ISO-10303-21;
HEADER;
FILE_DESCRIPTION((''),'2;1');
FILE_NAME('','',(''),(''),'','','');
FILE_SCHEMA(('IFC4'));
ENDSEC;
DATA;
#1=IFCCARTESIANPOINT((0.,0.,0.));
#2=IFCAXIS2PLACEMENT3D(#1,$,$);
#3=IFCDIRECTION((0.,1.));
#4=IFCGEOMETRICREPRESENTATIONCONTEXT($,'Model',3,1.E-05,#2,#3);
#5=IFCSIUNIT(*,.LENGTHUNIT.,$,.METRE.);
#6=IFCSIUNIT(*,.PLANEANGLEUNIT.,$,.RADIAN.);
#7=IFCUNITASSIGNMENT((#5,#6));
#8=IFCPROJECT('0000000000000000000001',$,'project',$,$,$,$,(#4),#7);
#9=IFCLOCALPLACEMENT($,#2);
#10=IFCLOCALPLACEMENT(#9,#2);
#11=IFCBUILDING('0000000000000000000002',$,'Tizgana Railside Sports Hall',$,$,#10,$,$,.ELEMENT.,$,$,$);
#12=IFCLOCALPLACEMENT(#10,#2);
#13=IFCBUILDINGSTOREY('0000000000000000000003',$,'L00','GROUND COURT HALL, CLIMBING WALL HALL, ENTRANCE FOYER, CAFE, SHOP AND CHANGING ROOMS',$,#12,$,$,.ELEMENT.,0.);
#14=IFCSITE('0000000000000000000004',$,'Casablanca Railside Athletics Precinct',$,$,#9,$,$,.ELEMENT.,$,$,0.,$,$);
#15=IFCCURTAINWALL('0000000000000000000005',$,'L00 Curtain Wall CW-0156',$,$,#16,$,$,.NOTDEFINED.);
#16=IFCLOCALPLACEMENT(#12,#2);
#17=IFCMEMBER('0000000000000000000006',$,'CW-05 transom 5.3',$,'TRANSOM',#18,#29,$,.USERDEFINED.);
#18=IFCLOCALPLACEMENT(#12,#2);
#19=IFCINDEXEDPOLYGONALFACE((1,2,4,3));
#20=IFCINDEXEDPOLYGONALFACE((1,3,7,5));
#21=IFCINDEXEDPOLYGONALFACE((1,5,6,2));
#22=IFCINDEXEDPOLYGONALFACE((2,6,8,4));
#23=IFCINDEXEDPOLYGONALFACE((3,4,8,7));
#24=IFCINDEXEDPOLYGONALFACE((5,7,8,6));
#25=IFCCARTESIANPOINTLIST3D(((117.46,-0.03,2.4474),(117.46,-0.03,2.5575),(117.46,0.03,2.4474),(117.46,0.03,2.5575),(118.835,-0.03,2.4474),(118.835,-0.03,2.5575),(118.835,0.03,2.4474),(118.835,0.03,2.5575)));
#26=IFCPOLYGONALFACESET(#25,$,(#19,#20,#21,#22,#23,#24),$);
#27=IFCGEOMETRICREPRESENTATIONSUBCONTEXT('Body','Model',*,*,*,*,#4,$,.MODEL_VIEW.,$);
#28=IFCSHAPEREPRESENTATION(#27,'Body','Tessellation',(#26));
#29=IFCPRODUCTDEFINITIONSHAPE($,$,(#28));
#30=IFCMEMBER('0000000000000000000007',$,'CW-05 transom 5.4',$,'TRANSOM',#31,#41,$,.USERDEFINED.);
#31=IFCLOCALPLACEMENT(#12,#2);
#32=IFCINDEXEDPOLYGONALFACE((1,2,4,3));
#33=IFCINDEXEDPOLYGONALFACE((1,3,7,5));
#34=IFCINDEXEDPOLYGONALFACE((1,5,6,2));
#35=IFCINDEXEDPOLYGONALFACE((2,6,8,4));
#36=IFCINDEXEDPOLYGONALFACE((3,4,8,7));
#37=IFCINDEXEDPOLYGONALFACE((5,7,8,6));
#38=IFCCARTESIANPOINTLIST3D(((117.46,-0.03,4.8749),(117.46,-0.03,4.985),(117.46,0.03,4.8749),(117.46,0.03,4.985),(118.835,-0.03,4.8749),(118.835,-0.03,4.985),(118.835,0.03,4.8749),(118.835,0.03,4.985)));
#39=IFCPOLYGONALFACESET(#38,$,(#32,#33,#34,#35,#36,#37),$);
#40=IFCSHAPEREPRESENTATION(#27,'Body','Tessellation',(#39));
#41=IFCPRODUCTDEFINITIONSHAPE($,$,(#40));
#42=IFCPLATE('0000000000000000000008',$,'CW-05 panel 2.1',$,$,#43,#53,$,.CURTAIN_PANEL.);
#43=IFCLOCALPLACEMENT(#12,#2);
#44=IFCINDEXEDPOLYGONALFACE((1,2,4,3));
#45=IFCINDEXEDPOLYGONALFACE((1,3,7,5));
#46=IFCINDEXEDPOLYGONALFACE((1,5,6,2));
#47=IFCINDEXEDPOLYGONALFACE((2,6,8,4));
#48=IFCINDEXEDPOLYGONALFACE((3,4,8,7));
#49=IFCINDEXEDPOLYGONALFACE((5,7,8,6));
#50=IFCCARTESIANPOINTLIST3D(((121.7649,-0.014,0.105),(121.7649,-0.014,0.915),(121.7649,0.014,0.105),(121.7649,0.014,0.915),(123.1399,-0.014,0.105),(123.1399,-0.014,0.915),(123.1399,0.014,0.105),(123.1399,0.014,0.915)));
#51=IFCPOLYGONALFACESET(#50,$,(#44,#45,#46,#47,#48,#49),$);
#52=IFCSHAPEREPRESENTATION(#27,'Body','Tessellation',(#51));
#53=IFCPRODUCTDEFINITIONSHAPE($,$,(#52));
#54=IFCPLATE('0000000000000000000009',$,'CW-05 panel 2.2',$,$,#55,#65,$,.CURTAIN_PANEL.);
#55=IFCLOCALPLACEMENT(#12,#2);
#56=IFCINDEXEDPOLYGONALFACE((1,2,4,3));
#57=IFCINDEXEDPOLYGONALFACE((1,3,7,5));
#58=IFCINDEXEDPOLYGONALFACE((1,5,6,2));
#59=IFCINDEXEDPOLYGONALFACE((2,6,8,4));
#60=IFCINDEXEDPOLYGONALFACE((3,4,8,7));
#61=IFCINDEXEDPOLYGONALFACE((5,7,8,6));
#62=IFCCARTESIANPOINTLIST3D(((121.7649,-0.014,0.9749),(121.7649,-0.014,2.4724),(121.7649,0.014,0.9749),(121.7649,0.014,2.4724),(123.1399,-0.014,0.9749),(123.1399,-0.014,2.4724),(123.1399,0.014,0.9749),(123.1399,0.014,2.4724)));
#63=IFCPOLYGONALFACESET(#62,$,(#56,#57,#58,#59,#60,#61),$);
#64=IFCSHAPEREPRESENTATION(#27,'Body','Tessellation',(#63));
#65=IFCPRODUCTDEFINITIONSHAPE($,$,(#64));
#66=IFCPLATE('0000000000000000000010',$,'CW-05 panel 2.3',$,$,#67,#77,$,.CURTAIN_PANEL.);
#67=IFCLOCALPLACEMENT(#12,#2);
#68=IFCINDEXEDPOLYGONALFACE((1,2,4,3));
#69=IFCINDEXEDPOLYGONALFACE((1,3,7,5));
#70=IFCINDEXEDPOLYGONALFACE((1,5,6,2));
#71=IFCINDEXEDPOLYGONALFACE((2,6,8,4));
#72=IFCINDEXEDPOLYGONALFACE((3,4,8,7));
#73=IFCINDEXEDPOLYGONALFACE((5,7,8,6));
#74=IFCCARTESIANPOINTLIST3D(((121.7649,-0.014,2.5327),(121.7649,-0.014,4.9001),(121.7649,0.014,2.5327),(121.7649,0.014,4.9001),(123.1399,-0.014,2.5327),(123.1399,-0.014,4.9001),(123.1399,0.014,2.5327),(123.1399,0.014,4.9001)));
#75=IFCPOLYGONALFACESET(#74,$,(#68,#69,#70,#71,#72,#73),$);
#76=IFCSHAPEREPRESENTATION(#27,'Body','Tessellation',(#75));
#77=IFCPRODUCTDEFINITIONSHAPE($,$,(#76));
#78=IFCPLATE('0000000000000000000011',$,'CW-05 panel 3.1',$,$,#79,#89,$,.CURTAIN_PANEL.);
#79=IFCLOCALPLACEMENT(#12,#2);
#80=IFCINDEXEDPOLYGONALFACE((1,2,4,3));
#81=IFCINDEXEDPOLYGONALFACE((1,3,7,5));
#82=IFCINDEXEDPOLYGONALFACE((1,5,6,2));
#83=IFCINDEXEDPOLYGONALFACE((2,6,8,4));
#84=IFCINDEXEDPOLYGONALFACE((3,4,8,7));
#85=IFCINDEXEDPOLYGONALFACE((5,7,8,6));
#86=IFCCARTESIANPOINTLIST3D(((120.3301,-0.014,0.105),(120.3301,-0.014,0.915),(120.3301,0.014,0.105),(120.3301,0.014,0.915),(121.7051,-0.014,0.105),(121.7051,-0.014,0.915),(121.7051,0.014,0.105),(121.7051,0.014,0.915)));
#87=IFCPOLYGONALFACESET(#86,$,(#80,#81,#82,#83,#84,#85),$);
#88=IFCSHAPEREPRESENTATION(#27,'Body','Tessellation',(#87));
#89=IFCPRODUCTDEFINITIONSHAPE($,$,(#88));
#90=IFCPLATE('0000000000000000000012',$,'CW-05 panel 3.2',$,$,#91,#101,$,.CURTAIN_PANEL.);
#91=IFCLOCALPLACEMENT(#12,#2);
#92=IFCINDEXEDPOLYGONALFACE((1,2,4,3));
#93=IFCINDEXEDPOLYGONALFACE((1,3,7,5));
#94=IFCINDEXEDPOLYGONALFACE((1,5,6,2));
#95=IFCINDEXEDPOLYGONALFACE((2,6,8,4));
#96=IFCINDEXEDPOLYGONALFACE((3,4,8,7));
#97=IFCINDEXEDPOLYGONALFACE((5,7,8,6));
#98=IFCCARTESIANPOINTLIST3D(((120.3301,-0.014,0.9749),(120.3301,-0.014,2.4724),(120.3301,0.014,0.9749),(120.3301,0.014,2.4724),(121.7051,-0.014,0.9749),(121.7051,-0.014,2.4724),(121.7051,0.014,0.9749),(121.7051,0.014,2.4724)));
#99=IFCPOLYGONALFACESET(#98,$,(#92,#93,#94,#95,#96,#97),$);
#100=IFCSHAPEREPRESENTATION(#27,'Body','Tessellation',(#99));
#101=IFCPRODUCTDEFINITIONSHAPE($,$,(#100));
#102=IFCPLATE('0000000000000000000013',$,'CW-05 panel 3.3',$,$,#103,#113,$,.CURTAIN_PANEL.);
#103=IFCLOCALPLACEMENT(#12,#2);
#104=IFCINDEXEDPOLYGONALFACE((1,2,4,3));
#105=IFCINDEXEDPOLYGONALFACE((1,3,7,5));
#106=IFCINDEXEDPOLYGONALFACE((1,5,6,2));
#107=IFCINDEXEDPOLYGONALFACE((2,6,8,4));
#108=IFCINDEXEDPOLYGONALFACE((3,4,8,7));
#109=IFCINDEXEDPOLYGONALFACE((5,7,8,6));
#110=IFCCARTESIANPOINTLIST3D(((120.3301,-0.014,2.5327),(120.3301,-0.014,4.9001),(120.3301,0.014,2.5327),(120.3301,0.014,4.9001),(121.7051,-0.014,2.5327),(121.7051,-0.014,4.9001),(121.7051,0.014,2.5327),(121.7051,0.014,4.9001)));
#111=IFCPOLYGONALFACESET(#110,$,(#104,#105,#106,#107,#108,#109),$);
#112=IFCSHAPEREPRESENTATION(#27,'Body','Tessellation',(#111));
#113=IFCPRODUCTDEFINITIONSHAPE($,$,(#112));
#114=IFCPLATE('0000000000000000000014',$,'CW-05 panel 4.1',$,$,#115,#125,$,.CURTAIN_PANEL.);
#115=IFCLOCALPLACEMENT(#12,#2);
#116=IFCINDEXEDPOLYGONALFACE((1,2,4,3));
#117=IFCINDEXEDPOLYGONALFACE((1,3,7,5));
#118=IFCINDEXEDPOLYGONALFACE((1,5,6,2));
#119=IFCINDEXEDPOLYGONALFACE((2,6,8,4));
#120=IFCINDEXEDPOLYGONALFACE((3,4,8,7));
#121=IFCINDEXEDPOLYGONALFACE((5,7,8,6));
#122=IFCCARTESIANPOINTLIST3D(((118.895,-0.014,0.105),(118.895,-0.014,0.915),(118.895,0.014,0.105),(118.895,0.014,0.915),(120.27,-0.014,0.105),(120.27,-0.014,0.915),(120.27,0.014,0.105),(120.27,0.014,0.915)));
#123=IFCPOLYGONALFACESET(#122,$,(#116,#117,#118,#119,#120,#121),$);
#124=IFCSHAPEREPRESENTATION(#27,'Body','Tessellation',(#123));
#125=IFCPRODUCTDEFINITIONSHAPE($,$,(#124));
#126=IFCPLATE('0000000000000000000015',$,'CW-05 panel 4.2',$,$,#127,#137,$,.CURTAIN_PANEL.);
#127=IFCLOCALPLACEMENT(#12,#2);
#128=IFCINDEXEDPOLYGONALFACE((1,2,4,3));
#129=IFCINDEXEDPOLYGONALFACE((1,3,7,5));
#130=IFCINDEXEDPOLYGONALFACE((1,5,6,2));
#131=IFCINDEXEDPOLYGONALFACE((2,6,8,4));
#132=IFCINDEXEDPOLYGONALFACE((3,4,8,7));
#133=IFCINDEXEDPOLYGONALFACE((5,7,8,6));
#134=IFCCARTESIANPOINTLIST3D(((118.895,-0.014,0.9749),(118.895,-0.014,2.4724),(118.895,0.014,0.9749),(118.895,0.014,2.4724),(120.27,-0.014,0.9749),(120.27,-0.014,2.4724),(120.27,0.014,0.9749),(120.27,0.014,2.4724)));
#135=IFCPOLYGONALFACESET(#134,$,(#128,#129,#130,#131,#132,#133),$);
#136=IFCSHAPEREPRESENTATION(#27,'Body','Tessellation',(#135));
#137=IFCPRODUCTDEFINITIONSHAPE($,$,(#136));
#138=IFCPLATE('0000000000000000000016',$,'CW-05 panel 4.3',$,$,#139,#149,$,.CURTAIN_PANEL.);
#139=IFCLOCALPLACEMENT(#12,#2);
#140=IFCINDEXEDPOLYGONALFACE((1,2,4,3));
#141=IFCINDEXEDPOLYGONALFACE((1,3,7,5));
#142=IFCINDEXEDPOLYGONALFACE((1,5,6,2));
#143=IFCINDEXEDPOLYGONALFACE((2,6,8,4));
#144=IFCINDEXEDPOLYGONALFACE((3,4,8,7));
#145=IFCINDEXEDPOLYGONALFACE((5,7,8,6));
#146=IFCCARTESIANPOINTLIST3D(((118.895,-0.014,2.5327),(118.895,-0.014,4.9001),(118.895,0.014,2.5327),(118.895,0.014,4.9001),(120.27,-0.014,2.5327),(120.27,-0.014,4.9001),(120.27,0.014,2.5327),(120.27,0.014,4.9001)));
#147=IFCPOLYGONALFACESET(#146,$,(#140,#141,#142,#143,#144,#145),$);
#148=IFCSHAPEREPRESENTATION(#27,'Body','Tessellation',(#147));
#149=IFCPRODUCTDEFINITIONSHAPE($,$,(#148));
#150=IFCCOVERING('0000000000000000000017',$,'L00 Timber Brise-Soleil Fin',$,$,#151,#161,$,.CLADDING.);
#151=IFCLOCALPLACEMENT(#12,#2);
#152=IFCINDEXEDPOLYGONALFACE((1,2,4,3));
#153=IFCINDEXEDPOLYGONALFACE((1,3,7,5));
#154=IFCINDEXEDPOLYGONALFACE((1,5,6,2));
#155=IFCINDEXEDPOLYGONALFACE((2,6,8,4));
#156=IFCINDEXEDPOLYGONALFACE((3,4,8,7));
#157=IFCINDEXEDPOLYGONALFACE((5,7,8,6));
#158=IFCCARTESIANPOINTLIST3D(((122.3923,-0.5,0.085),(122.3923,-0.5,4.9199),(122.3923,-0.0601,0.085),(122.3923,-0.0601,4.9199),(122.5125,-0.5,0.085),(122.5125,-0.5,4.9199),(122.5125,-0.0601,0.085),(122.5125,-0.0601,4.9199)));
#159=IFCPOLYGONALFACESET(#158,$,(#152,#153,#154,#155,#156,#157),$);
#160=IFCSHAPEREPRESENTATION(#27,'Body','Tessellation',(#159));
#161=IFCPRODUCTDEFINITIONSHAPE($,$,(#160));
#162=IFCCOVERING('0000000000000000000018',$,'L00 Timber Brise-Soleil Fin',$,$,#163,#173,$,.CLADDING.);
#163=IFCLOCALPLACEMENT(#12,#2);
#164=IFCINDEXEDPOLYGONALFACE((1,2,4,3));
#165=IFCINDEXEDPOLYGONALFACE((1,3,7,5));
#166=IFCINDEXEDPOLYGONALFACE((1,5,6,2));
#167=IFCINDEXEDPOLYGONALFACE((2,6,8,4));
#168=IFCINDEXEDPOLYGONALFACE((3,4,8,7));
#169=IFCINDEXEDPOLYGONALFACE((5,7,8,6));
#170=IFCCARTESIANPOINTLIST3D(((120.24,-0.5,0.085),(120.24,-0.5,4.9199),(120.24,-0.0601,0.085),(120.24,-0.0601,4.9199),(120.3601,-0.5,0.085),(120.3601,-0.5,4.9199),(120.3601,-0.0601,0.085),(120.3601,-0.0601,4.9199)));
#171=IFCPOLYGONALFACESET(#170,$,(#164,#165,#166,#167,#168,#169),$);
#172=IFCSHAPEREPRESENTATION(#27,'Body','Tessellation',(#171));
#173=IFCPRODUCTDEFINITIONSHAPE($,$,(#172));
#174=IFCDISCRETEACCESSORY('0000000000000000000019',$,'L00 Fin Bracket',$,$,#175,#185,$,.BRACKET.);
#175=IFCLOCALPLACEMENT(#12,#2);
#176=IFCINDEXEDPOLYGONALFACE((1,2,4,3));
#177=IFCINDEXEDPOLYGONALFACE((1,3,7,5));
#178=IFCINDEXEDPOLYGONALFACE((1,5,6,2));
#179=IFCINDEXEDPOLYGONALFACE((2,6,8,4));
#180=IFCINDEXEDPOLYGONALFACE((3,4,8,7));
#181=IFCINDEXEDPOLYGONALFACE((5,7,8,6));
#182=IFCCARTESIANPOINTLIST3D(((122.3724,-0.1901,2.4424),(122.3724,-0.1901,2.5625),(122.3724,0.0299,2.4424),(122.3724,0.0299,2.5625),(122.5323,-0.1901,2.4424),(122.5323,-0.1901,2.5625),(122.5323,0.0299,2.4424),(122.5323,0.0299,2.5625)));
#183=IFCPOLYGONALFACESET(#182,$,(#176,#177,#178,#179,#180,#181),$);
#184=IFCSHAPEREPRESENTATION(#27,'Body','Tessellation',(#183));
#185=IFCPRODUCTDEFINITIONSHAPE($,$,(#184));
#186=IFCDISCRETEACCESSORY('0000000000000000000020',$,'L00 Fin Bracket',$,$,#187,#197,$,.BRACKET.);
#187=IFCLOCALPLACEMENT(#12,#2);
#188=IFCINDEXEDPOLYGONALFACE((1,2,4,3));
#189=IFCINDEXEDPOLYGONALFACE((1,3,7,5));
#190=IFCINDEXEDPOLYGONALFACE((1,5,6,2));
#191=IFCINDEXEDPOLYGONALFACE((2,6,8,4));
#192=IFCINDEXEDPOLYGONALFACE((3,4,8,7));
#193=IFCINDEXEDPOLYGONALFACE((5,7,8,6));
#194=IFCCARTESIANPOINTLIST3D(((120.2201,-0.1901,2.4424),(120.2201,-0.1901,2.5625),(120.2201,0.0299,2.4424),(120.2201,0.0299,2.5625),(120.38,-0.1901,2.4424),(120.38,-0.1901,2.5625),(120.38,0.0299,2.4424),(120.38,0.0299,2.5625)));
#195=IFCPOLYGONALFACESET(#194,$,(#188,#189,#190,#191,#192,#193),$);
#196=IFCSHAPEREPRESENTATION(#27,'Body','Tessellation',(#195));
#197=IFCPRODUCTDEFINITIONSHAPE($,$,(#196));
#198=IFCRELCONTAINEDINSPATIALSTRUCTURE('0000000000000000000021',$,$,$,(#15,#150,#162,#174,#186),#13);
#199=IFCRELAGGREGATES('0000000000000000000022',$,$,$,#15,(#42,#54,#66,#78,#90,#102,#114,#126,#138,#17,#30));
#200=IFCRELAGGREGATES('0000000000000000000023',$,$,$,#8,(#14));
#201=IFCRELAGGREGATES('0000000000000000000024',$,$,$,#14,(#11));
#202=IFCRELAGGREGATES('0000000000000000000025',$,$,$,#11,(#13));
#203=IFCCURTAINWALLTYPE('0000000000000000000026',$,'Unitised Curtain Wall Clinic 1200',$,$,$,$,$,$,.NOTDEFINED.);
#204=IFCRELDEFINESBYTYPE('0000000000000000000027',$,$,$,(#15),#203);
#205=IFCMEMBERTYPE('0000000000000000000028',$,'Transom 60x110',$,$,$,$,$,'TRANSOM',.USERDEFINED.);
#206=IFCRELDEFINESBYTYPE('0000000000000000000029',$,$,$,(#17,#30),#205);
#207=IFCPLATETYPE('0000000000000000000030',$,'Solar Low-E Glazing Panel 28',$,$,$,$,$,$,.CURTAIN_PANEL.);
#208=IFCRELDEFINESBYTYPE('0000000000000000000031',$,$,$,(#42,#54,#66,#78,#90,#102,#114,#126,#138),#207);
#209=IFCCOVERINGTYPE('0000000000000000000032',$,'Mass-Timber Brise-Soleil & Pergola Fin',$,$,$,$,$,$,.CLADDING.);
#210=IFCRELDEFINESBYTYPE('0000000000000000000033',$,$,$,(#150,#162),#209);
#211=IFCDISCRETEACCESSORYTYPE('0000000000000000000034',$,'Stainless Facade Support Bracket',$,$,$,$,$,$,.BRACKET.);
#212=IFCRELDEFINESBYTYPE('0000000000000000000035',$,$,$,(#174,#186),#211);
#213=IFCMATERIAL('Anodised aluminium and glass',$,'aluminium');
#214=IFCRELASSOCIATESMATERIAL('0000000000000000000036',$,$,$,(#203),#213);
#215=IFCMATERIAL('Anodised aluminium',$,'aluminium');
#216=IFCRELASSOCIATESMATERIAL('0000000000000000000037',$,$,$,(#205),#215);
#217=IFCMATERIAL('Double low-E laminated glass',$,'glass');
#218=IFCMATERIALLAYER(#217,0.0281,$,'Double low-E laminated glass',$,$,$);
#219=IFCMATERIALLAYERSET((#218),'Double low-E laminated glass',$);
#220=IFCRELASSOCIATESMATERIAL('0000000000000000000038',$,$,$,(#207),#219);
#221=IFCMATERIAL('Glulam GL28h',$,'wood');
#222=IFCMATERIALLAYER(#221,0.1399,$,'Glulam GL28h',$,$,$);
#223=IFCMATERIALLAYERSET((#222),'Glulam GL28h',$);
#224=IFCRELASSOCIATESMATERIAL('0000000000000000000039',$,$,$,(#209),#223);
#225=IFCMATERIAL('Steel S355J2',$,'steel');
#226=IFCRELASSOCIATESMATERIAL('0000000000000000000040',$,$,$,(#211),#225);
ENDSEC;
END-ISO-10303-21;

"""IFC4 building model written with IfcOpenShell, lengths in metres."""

from ifc_helpers import new_model, si_unit, direction, frame, origin, origin_2d, place, context, subcontext, project, spatial, rectangle, extrude, material, layer, layer_set, material_profile, profile_set, type_object, element, aggregate, save


model = new_model("IFC4")

# Units and contexts
model_context = context("Model", 3, precision=1e-05, world=origin(), true_north=direction((0.0, 1.0)))
body_context = subcontext(model_context, "Body", "Model", "MODEL_VIEW")
ifc_project = project(units=[si_unit("LENGTHUNIT", "METRE"), si_unit("PLANEANGLEUNIT", "RADIAN")], contexts=[model_context])

# Site, building, storey
site_placement = place(None, origin())
site = spatial("IfcSite", under=ifc_project, at=site_placement, Name="Casablanca Railside Athletics Precinct", CompositionType="ELEMENT", RefElevation=0.0)
building_placement = place(site_placement, origin())
building = spatial("IfcBuilding", under=site, at=building_placement, Name="Tizgana Railside Sports Hall", CompositionType="ELEMENT")
storey_placement = place(building_placement, origin())
storey = spatial("IfcBuildingStorey", under=building, at=storey_placement, Name="L00", Description="GROUND COURT HALL, CLIMBING WALL HALL, ENTRANCE FOYER, CAFE, SHOP AND CHANGING ROOMS", CompositionType="ELEMENT", Elevation=0.0)

# Curtain wall, members, plates
ifc_material_1 = material(Name="Anodised aluminium and glass", Category="aluminium")
curtain_wall_type = type_object("IfcCurtainWallType", Name="Unitised Curtain Wall Clinic 1200", PredefinedType="NOTDEFINED", material=ifc_material_1)
curtain_wall_placement = place(storey_placement, origin())
curtain_wall = element("IfcCurtainWall", 1, at=curtain_wall_placement, inside=storey, type_object=curtain_wall_type, Name="L00 Curtain Wall CW-0156", PredefinedType="NOTDEFINED")
ifc_material_2 = material(Name="Anodised aluminium", Category="aluminium")
ifc_material_profile_1 = material_profile(ifc_material_2, rectangle(XDim=0.0601, YDim=0.1101, at=origin_2d()), Name="Transom 60x110")
ifc_profile_set_1 = profile_set([ifc_material_profile_1], Name="Anodised aluminium")
member_type_1 = type_object("IfcMemberType", Name="Transom 60x110", ElementType="TRANSOM", PredefinedType="USERDEFINED", material=ifc_profile_set_1)
member_1_placement = place(storey_placement, frame((118.835, 0.0, 2.5024), z_axis=(-1.0, 0.0, 0.0), x_axis=(0.0, -1.0, 0.0)))
member_1 = element("IfcMember", 2, at=member_1_placement, type_object=member_type_1, Name="CW-05 transom 5.3", ObjectType="TRANSOM", PredefinedType="USERDEFINED", context=body_context, shape_type="SweptSolid", body=[
    extrude(rectangle(XDim=0.0601, YDim=0.1101, at=origin_2d()), origin(), (0.0, 0.0, 1.0), 1.375),
])
member_2_placement = place(storey_placement, frame((118.835, 0.0, 4.9299), z_axis=(-1.0, 0.0, 0.0), x_axis=(0.0, -1.0, 0.0)))
member_2 = element("IfcMember", 3, at=member_2_placement, type_object=member_type_1, Name="CW-05 transom 5.4", ObjectType="TRANSOM", PredefinedType="USERDEFINED", context=body_context, shape_type="SweptSolid", body=[
    extrude(rectangle(XDim=0.0601, YDim=0.1101, at=origin_2d()), origin(), (0.0, 0.0, 1.0), 1.375),
])
ifc_material_3 = material(Name="Double low-E laminated glass", Category="glass")
ifc_layer_1 = layer(ifc_material_3, 0.0281, Name="Double low-E laminated glass")
ifc_layer_set_1 = layer_set([ifc_layer_1], Name="Double low-E laminated glass")
plate_type = type_object("IfcPlateType", Name="Solar Low-E Glazing Panel 28", PredefinedType="CURTAIN_PANEL", material=ifc_layer_set_1)
plate_1_placement = place(storey_placement, frame((122.4524, 0.0, 0.105), z_axis=(0.0, 0.0, 1.0), x_axis=(-1.0, 0.0, 0.0)))
plate_1 = element("IfcPlate", 4, at=plate_1_placement, type_object=plate_type, Name="CW-05 panel 2.1", PredefinedType="CURTAIN_PANEL", context=body_context, shape_type="SweptSolid", body=[
    extrude(rectangle(XDim=1.375, YDim=0.0281, at=origin_2d()), origin(), (0.0, 0.0, 1.0), 0.8101),
])
plate_2_placement = place(storey_placement, frame((122.4524, 0.0, 0.9749), z_axis=(0.0, 0.0, 1.0), x_axis=(-1.0, 0.0, 0.0)))
plate_2 = element("IfcPlate", 5, at=plate_2_placement, type_object=plate_type, Name="CW-05 panel 2.2", PredefinedType="CURTAIN_PANEL", context=body_context, shape_type="SweptSolid", body=[
    extrude(rectangle(XDim=1.375, YDim=0.0281, at=origin_2d()), origin(), (0.0, 0.0, 1.0), 1.4976),
])
plate_3_placement = place(storey_placement, frame((122.4524, 0.0, 2.5327), z_axis=(0.0, 0.0, 1.0), x_axis=(-1.0, 0.0, 0.0)))
plate_3 = element("IfcPlate", 6, at=plate_3_placement, type_object=plate_type, Name="CW-05 panel 2.3", PredefinedType="CURTAIN_PANEL", context=body_context, shape_type="SweptSolid", body=[
    extrude(rectangle(XDim=1.375, YDim=0.0281, at=origin_2d()), origin(), (0.0, 0.0, 1.0), 2.3674),
])
plate_4_placement = place(storey_placement, frame((121.0176, 0.0, 0.105), z_axis=(0.0, 0.0, 1.0), x_axis=(-1.0, 0.0, 0.0)))
plate_4 = element("IfcPlate", 7, at=plate_4_placement, type_object=plate_type, Name="CW-05 panel 3.1", PredefinedType="CURTAIN_PANEL", context=body_context, shape_type="SweptSolid", body=[
    extrude(rectangle(XDim=1.375, YDim=0.0281, at=origin_2d()), origin(), (0.0, 0.0, 1.0), 0.8101),
])
plate_5_placement = place(storey_placement, frame((121.0176, 0.0, 0.9749), z_axis=(0.0, 0.0, 1.0), x_axis=(-1.0, 0.0, 0.0)))
plate_5 = element("IfcPlate", 8, at=plate_5_placement, type_object=plate_type, Name="CW-05 panel 3.2", PredefinedType="CURTAIN_PANEL", context=body_context, shape_type="SweptSolid", body=[
    extrude(rectangle(XDim=1.375, YDim=0.0281, at=origin_2d()), origin(), (0.0, 0.0, 1.0), 1.4976),
])
plate_6_placement = place(storey_placement, frame((121.0176, 0.0, 2.5327), z_axis=(0.0, 0.0, 1.0), x_axis=(-1.0, 0.0, 0.0)))
plate_6 = element("IfcPlate", 9, at=plate_6_placement, type_object=plate_type, Name="CW-05 panel 3.3", PredefinedType="CURTAIN_PANEL", context=body_context, shape_type="SweptSolid", body=[
    extrude(rectangle(XDim=1.375, YDim=0.0281, at=origin_2d()), origin(), (0.0, 0.0, 1.0), 2.3674),
])
plate_7_placement = place(storey_placement, frame((119.5825, 0.0, 0.105), z_axis=(0.0, 0.0, 1.0), x_axis=(-1.0, 0.0, 0.0)))
plate_7 = element("IfcPlate", 10, at=plate_7_placement, type_object=plate_type, Name="CW-05 panel 4.1", PredefinedType="CURTAIN_PANEL", context=body_context, shape_type="SweptSolid", body=[
    extrude(rectangle(XDim=1.375, YDim=0.0281, at=origin_2d()), origin(), (0.0, 0.0, 1.0), 0.8101),
])
plate_8_placement = place(storey_placement, frame((119.5825, 0.0, 0.9749), z_axis=(0.0, 0.0, 1.0), x_axis=(-1.0, 0.0, 0.0)))
plate_8 = element("IfcPlate", 11, at=plate_8_placement, type_object=plate_type, Name="CW-05 panel 4.2", PredefinedType="CURTAIN_PANEL", context=body_context, shape_type="SweptSolid", body=[
    extrude(rectangle(XDim=1.375, YDim=0.0281, at=origin_2d()), origin(), (0.0, 0.0, 1.0), 1.4976),
])
plate_9_placement = place(storey_placement, frame((119.5825, 0.0, 2.5327), z_axis=(0.0, 0.0, 1.0), x_axis=(-1.0, 0.0, 0.0)))
plate_9 = element("IfcPlate", 12, at=plate_9_placement, type_object=plate_type, Name="CW-05 panel 4.3", PredefinedType="CURTAIN_PANEL", context=body_context, shape_type="SweptSolid", body=[
    extrude(rectangle(XDim=1.375, YDim=0.0281, at=origin_2d()), origin(), (0.0, 0.0, 1.0), 2.3674),
])
aggregate(curtain_wall, [plate_1, plate_2, plate_3, plate_4, plate_5, plate_6, plate_7, plate_8, plate_9, member_1, member_2])

# Coverings
ifc_material_4 = material(Name="Glulam GL28h", Category="wood")
ifc_layer_2 = layer(ifc_material_4, 0.1399, Name="Glulam GL28h")
ifc_layer_set_2 = layer_set([ifc_layer_2], Name="Glulam GL28h")
covering_type = type_object("IfcCoveringType", Name="Mass-Timber Brise-Soleil & Pergola Fin", PredefinedType="CLADDING", material=ifc_layer_set_2)
for number, where, z_axis, x_axis, name in (
    (13, (122.4524, -0.28, 0.085), (0.0, 0.0, 1.0), (-1.0, 0.0, 0.0), "L00 Timber Brise-Soleil Fin"),
    (14, (120.3, -0.28, 0.085), (0.0, 0.0, 1.0), (-1.0, 0.0, 0.0), "L00 Timber Brise-Soleil Fin"),
):
    element("IfcCovering", number, at=place(storey_placement, frame(where, z_axis=z_axis, x_axis=x_axis)), inside=storey, type_object=covering_type, Name=name, PredefinedType="CLADDING", context=body_context, shape_type="SweptSolid", body=[
        extrude(rectangle(XDim=0.1201, YDim=0.4399, at=origin_2d()), origin(), (0.0, 0.0, 1.0), 4.835),
    ])

# Discrete accessories
ifc_material_5 = material(Name="Steel S355J2", Category="steel")
discrete_accessory_type = type_object("IfcDiscreteAccessoryType", Name="Stainless Facade Support Bracket", PredefinedType="BRACKET", material=ifc_material_5)
for number, where, z_axis, x_axis, name in (
    (15, (122.4524, -0.0801, 2.4424), (0.0, 0.0, 1.0), (-1.0, 0.0, 0.0), "L00 Fin Bracket"),
    (16, (120.3, -0.0801, 2.4424), (0.0, 0.0, 1.0), (-1.0, 0.0, 0.0), "L00 Fin Bracket"),
):
    element("IfcDiscreteAccessory", number, at=place(storey_placement, frame(where, z_axis=z_axis, x_axis=x_axis)), inside=storey, type_object=discrete_accessory_type, Name=name, PredefinedType="BRACKET", context=body_context, shape_type="SweptSolid", body=[
        extrude(rectangle(XDim=0.1599, YDim=0.22, at=origin_2d()), origin(), (0.0, 0.0, 1.0), 0.1201),
    ])

save(model, "model.ifc")
